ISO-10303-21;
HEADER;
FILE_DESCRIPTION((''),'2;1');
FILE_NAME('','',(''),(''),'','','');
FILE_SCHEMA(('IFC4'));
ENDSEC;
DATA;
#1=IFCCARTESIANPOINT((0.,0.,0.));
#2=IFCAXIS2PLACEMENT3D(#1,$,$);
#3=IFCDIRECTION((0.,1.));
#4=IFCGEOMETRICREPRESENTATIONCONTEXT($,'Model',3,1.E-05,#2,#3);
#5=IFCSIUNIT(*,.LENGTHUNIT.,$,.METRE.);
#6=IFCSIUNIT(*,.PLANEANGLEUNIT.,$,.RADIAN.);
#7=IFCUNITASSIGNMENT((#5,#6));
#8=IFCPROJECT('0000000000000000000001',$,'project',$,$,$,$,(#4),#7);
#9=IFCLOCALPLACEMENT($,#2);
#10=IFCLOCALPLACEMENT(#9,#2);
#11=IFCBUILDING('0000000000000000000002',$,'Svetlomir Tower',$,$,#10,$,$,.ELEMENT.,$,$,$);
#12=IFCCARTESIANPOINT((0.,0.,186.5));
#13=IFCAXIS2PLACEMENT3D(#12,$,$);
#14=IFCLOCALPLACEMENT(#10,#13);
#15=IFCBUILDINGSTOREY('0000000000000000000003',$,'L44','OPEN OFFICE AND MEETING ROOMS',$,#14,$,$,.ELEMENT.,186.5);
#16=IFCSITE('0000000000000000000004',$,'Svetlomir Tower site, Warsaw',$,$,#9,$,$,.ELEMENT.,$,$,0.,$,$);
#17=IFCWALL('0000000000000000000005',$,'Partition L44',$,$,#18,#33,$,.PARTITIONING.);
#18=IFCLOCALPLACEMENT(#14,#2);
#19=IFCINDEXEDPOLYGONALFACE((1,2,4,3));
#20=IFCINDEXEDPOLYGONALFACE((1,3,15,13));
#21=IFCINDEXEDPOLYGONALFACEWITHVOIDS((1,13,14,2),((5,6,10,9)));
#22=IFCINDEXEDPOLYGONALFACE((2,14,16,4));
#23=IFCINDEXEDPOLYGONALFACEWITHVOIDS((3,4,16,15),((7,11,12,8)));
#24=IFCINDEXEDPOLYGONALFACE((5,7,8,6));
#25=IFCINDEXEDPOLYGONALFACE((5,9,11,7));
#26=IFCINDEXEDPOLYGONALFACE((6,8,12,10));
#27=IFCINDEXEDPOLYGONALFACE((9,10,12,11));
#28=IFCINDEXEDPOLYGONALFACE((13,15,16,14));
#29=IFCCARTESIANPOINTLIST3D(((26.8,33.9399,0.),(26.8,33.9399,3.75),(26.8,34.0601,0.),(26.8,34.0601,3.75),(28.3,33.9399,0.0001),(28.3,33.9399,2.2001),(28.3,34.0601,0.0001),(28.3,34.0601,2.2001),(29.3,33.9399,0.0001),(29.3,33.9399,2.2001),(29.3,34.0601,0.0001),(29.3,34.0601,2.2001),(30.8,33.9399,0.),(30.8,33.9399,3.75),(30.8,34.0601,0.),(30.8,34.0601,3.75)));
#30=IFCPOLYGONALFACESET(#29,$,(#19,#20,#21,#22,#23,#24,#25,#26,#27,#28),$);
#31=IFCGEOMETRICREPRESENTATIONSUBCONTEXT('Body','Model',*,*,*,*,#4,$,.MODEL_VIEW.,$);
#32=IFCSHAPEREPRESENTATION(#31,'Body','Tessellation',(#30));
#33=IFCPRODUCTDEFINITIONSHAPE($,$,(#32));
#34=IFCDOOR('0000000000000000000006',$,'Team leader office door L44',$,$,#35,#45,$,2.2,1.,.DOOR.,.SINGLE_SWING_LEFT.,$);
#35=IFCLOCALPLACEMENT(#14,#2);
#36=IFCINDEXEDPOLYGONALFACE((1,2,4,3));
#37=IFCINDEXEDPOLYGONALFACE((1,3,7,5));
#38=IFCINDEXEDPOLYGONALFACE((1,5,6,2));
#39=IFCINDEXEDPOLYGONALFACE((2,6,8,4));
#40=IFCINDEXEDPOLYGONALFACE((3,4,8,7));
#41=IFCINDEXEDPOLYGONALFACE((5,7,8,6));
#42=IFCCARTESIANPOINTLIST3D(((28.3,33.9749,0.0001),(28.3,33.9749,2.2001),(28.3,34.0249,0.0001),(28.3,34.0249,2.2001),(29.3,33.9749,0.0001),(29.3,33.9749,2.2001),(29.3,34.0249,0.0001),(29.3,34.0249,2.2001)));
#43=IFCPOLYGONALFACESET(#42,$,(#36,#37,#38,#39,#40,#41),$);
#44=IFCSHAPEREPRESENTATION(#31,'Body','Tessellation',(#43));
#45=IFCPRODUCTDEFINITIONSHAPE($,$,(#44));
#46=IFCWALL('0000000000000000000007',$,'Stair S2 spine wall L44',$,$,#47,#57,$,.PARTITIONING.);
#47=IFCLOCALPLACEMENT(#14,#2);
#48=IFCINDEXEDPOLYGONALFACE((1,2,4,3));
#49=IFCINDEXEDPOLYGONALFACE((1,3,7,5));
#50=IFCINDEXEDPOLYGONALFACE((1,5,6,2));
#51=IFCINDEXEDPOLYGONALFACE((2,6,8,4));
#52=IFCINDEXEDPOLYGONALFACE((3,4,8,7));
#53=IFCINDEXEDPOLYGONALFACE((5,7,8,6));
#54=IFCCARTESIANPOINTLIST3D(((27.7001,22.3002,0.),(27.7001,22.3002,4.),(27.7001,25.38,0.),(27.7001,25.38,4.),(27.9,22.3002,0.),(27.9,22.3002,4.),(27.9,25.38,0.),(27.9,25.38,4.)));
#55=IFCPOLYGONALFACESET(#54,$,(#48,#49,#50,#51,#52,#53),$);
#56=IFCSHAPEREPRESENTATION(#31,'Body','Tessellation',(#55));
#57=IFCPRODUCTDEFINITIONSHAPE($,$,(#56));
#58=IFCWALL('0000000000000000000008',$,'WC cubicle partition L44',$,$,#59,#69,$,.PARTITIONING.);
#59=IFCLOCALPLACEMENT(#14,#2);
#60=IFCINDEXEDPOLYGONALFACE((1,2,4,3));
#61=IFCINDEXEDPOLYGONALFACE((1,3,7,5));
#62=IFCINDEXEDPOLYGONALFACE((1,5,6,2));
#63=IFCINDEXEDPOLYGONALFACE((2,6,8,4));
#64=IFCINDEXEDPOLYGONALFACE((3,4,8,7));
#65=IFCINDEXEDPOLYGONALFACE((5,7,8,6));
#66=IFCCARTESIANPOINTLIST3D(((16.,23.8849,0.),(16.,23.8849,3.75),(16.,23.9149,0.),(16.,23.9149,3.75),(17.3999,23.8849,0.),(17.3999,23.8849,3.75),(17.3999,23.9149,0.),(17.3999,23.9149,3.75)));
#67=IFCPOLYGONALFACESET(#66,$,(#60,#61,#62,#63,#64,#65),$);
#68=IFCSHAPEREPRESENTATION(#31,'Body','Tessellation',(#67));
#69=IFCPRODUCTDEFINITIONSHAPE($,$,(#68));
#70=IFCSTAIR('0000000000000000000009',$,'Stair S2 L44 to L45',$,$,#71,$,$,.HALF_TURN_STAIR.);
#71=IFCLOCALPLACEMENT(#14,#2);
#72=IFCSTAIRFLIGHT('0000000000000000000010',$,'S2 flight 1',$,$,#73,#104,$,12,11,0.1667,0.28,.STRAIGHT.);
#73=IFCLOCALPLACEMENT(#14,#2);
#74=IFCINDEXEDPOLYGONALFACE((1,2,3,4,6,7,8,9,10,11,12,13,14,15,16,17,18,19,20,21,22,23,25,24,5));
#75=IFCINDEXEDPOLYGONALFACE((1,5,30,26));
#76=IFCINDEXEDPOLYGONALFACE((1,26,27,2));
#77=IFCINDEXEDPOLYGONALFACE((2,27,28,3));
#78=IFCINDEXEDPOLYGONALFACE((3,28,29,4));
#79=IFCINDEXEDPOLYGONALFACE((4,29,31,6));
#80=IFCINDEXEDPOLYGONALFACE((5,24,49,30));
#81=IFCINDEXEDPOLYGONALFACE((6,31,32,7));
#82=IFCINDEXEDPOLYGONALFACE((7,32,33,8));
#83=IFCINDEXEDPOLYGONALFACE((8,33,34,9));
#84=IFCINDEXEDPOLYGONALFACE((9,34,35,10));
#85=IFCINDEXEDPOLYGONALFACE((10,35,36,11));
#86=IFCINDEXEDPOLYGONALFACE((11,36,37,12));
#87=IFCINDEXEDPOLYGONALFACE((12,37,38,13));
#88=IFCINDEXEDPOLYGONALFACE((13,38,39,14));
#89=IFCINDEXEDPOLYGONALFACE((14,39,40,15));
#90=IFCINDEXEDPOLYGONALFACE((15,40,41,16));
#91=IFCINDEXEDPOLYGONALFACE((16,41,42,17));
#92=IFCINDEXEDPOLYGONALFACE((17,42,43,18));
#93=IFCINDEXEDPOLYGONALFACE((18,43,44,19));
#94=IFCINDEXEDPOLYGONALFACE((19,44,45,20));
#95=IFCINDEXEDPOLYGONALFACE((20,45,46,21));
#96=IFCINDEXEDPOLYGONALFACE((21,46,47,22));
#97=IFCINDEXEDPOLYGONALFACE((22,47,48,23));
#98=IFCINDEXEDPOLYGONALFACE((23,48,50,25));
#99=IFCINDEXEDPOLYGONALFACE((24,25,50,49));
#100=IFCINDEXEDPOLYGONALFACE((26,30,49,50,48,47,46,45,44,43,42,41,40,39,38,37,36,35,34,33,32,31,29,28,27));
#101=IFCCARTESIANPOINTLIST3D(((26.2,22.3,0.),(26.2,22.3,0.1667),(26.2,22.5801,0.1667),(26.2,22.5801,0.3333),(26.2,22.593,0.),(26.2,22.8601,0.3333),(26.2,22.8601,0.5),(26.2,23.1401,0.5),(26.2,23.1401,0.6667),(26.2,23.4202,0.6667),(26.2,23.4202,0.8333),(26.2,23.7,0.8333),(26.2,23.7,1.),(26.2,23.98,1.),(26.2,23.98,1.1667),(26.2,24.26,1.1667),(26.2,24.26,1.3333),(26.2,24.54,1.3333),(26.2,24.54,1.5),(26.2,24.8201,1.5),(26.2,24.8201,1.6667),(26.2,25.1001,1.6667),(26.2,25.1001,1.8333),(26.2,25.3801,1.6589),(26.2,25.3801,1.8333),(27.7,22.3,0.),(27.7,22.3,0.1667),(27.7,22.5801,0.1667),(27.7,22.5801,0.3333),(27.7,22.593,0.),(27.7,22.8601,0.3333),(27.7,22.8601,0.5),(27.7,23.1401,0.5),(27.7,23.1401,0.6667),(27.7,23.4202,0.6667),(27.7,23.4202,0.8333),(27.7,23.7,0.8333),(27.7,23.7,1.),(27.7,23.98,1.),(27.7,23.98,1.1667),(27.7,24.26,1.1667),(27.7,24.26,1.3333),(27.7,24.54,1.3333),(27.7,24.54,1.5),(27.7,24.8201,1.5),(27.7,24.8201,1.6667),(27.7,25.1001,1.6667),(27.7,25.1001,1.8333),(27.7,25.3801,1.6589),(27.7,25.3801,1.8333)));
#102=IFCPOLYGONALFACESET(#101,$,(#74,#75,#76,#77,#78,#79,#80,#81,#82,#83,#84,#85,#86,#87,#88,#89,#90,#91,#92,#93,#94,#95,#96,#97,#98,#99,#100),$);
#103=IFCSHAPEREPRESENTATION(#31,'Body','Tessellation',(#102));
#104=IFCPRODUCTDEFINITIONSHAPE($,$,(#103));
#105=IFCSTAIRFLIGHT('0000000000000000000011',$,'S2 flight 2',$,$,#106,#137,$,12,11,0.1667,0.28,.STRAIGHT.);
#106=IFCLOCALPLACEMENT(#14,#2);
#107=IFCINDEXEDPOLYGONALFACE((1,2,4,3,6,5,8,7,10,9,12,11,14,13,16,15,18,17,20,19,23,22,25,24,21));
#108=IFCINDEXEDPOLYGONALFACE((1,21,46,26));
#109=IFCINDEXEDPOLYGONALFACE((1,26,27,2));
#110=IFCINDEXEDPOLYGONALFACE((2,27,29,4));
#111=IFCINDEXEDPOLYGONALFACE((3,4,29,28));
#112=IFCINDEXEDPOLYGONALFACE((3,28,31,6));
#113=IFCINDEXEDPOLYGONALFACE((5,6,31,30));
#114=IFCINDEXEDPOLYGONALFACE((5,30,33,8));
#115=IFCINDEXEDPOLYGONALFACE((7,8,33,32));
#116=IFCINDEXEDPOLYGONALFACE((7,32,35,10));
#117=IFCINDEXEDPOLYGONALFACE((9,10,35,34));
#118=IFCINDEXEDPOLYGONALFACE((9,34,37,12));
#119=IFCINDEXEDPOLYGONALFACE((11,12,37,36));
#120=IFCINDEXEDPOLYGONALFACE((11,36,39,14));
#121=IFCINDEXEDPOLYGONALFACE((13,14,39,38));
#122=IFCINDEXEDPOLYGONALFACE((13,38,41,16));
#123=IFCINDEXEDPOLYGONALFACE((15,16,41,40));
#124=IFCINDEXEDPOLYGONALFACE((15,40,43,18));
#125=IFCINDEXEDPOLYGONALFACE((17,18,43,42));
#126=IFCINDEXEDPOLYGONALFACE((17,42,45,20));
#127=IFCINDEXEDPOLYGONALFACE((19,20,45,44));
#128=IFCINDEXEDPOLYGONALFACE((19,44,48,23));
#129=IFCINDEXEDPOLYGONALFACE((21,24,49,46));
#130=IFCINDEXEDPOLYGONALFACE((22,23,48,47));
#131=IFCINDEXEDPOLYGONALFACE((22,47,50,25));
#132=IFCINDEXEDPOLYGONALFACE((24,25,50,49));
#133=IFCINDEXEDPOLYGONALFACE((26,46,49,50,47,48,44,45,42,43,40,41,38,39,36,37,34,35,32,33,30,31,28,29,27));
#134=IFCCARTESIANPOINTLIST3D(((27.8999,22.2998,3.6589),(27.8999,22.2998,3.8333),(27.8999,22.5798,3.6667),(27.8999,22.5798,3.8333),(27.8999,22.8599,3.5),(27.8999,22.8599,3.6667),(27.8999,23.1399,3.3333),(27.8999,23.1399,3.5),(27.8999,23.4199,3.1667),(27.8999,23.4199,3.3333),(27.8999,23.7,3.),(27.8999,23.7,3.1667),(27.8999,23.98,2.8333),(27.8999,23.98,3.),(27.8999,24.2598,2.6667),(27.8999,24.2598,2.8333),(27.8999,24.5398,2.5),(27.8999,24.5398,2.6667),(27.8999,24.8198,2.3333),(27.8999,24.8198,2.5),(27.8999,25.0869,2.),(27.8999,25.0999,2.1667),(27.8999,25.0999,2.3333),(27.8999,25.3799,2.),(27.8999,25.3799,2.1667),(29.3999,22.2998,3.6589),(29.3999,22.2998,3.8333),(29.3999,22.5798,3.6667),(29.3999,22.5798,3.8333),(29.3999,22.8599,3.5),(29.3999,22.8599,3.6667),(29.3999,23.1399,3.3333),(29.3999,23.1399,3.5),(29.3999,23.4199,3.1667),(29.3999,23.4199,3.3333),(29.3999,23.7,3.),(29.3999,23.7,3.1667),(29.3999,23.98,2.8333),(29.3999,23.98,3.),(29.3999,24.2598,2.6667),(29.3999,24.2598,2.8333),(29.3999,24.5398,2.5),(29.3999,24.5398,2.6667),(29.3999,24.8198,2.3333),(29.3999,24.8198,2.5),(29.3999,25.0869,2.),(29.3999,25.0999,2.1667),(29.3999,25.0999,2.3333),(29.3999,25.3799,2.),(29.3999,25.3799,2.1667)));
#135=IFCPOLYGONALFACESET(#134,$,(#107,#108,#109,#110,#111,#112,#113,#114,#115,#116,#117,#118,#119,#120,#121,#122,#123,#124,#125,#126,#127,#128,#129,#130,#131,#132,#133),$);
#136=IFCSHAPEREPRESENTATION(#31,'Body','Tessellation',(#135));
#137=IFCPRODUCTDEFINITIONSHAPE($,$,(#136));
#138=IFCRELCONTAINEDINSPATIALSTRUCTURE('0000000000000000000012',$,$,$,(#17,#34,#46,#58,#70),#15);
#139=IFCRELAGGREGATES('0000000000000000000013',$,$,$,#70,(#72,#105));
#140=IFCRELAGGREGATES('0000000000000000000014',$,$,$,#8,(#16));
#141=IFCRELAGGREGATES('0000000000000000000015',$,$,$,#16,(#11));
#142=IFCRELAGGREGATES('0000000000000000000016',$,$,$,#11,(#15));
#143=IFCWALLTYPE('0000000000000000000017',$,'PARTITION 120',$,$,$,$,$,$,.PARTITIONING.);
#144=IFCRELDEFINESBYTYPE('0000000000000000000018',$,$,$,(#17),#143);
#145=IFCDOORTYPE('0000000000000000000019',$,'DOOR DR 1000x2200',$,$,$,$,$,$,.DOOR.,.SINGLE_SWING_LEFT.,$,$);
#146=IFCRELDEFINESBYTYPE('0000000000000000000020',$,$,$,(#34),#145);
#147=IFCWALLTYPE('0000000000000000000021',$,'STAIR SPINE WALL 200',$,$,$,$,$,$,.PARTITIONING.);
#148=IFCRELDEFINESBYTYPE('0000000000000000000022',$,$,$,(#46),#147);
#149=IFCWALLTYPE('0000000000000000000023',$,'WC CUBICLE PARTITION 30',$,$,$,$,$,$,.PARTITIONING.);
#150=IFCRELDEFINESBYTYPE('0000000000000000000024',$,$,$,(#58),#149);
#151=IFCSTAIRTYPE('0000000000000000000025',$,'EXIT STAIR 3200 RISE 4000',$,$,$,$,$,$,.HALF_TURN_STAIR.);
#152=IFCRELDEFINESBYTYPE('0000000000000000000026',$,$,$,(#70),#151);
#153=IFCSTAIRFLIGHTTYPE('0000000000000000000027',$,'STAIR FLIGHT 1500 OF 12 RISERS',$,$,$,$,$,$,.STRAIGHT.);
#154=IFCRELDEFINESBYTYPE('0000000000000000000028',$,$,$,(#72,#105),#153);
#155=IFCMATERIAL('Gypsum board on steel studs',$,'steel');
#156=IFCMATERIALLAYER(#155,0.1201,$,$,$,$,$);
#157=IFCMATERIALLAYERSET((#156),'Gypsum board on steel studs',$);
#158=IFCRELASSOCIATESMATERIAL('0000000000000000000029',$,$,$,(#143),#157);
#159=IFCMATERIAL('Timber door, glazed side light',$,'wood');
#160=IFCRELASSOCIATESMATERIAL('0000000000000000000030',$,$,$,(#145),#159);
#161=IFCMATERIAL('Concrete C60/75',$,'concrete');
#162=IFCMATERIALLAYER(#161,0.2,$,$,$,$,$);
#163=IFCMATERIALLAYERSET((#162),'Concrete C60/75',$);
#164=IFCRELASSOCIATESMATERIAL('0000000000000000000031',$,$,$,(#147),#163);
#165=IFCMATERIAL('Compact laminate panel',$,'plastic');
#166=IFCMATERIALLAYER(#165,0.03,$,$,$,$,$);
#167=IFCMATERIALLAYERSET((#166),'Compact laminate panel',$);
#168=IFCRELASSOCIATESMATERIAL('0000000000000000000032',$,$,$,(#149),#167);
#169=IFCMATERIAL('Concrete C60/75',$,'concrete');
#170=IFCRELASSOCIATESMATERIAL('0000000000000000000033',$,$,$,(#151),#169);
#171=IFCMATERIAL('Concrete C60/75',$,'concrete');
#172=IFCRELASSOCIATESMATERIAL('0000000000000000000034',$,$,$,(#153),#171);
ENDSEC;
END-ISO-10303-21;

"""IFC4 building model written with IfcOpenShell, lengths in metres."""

from ifc_helpers import new_model, si_unit, direction, frame, frame_2d, origin, place, context, subcontext, project, spatial, polyline, rectangle, outline, extrude, material, layer, layer_set, type_object, element, fill, aggregate, save


model = new_model("IFC4")

# Units and contexts
model_context = context("Model", 3, precision=1e-05, world=origin(), true_north=direction((0.0, 1.0)))
body_context = subcontext(model_context, "Body", "Model", "MODEL_VIEW")
ifc_project = project(units=[si_unit("LENGTHUNIT", "METRE"), si_unit("PLANEANGLEUNIT", "RADIAN")], contexts=[model_context])

# Site, building, storey
site_placement = place(None, origin())
site = spatial("IfcSite", under=ifc_project, at=site_placement, Name="Svetlomir Tower site, Warsaw", CompositionType="ELEMENT", RefElevation=0.0)
building_placement = place(site_placement, origin())
building = spatial("IfcBuilding", under=site, at=building_placement, Name="Svetlomir Tower", CompositionType="ELEMENT")
storey_placement = place(building_placement, frame((0.0, 0.0, 186.5)))
storey = spatial("IfcBuildingStorey", under=building, at=storey_placement, Name="L44", Description="OPEN OFFICE AND MEETING ROOMS", CompositionType="ELEMENT", Elevation=186.5)

# Shared definitions
ifc_material_1 = material(Name="Gypsum board on steel studs", Category="steel")
ifc_layer_1 = layer(ifc_material_1, 0.1201)
ifc_layer_set_1 = layer_set([ifc_layer_1], Name="Gypsum board on steel studs")
wall_type_1 = type_object("IfcWallType", Name="PARTITION 120", PredefinedType="PARTITIONING", material=ifc_layer_set_1)

# Wall, opening, door
wall_1_placement = place(storey_placement, frame((26.8, 34.0, 0.0), z_axis=(0.0, 0.0, 1.0), x_axis=(1.0, 0.0, 0.0)))
wall_1 = element("IfcWall", 1, at=wall_1_placement, inside=storey, type_object=wall_type_1, Name="Partition L44", PredefinedType="PARTITIONING", context=body_context, shape_type="SweptSolid", body=[
    extrude(rectangle(XDim=4.0, YDim=0.1201, at=frame_2d((2.0, 0.0))), origin(), (0.0, 0.0, 1.0), 3.75),
])
opening_1_placement = place(wall_1_placement, frame((1.5, 0.0, 0.0)))
opening_1 = element("IfcOpeningElement", 2, at=opening_1_placement, cuts=wall_1, PredefinedType="OPENING", context=body_context, shape_type="SweptSolid", body=[
    extrude(rectangle(XDim=1.0, YDim=2.2, at=frame_2d((0.5, 1.1001))), frame((0.0, 0.0701, 0.0), z_axis=(0.0, -1.0, 0.0), x_axis=(1.0, 0.0, 0.0)), (0.0, 0.0, 1.0), 0.1401),
])
ifc_material_2 = material(Name="Timber door, glazed side light", Category="wood")
door_type_1 = type_object("IfcDoorType", Name="DOOR DR 1000x2200", OperationType="SINGLE_SWING_LEFT", PredefinedType="DOOR", material=ifc_material_2)
door_1_placement = place(opening_1_placement, origin())
door_1 = element("IfcDoor", 3, at=door_1_placement, inside=storey, type_object=door_type_1, Name="Team leader office door L44", OperationType="SINGLE_SWING_LEFT", OverallHeight=2.2, OverallWidth=1.0, PredefinedType="DOOR", context=body_context, shape_type="SweptSolid", body=[
    extrude(rectangle(XDim=1.0, YDim=2.2, at=frame_2d((0.5, 1.1001))), frame((0.0, 0.0249, 0.0), z_axis=(0.0, -1.0, 0.0), x_axis=(1.0, 0.0, 0.0)), (0.0, 0.0, 1.0), 0.05),
])
fill(opening_1, door_1)

# Walls
ifc_material_3 = material(Name="Concrete C60/75", Category="concrete")
ifc_layer_2 = layer(ifc_material_3, 0.2)
ifc_layer_set_2 = layer_set([ifc_layer_2], Name="Concrete C60/75")
wall_type_2 = type_object("IfcWallType", Name="STAIR SPINE WALL 200", PredefinedType="PARTITIONING", material=ifc_layer_set_2)
wall_2_placement = place(storey_placement, frame((27.8, 22.3, 0.0), z_axis=(0.0, 0.0, 1.0), x_axis=(0.0, 1.0, 0.0)))
element("IfcWall", 4, at=wall_2_placement, inside=storey, type_object=wall_type_2, Name="Stair S2 spine wall L44", PredefinedType="PARTITIONING", context=body_context, shape_type="SweptSolid", body=[
    extrude(rectangle(XDim=3.0798, YDim=0.2, at=frame_2d((1.54, 0.0))), origin(), (0.0, 0.0, 1.0), 4.0),
])
ifc_material_4 = material(Name="Compact laminate panel", Category="plastic")
ifc_layer_3 = layer(ifc_material_4, 0.03)
ifc_layer_set_3 = layer_set([ifc_layer_3], Name="Compact laminate panel")
wall_type_3 = type_object("IfcWallType", Name="WC CUBICLE PARTITION 30", PredefinedType="PARTITIONING", material=ifc_layer_set_3)
wall_3_placement = place(storey_placement, frame((16.0, 23.8999, 0.0), z_axis=(0.0, 0.0, 1.0), x_axis=(1.0, 0.0, 0.0)))
element("IfcWall", 5, at=wall_3_placement, inside=storey, type_object=wall_type_3, Name="WC cubicle partition L44", PredefinedType="PARTITIONING", context=body_context, shape_type="SweptSolid", body=[
    extrude(rectangle(XDim=1.3999, YDim=0.03, at=frame_2d((0.7, 0.0))), origin(), (0.0, 0.0, 1.0), 3.75),
])

# Stair, stair flights
ifc_material_5 = material(Name="Concrete C60/75", Category="concrete")
stair_type = type_object("IfcStairType", Name="EXIT STAIR 3200 RISE 4000", PredefinedType="HALF_TURN_STAIR", material=ifc_material_5)
stair_placement = place(storey_placement, origin())
stair = element("IfcStair", 6, at=stair_placement, inside=storey, type_object=stair_type, Name="Stair S2 L44 to L45", PredefinedType="HALF_TURN_STAIR")
ifc_material_6 = material(Name="Concrete C60/75", Category="concrete")
stair_flight_type = type_object("IfcStairFlightType", Name="STAIR FLIGHT 1500 OF 12 RISERS", PredefinedType="STRAIGHT", material=ifc_material_6)
stair_flight_1_placement = place(storey_placement, frame((26.95, 22.3, 0.0), z_axis=(0.0, 0.0, 1.0), x_axis=(0.0, 1.0, 0.0)))
stair_flight_1 = element("IfcStairFlight", 7, at=stair_flight_1_placement, type_object=stair_flight_type, Name="S2 flight 1", NumberOfRisers=12, NumberOfTreads=11, PredefinedType="STRAIGHT", RiserHeight=0.1667, TreadLength=0.28, context=body_context, shape_type="SweptSolid", body=[
    extrude(outline(polyline([(0.0, 0.0), (0.0, 0.1667), (0.28, 0.1667), (0.28, 0.3333), (0.5601, 0.3333), (0.5601, 0.5), (0.8401, 0.5), (0.8401, 0.6667), (1.1201, 0.6667), (1.1201, 0.8333), (1.3999, 0.8333), (1.3999, 1.0), (1.6799, 1.0), (1.6799, 1.1667), (1.96, 1.1667), (1.96, 1.3333), (2.24, 1.3333), (2.24, 1.5), (2.52, 1.5), (2.52, 1.6667), (2.8, 1.6667), (2.8, 1.8333), (3.0801, 1.8333), (3.0801, 2.0), (3.0801, 1.6589), (0.293, 0.0), (0.0, 0.0)])), frame((0.0, 0.75, 0.0), z_axis=(0.0, -1.0, 0.0), x_axis=(1.0, 0.0, 0.0)), (0.0, 0.0, 1.0), 1.5),
])
stair_flight_2_placement = place(storey_placement, frame((28.6499, 25.3799, 2.0), z_axis=(0.0, 0.0, 1.0), x_axis=(0.0, -1.0, 0.0)))
stair_flight_2 = element("IfcStairFlight", 8, at=stair_flight_2_placement, type_object=stair_flight_type, Name="S2 flight 2", NumberOfRisers=12, NumberOfTreads=11, PredefinedType="STRAIGHT", RiserHeight=0.1667, TreadLength=0.28, context=body_context, shape_type="SweptSolid", body=[
    extrude(outline(polyline([(0.0, 0.0), (0.0, 0.1667), (0.28, 0.1667), (0.28, 0.3333), (0.5601, 0.3333), (0.5601, 0.5), (0.8401, 0.5), (0.8401, 0.6667), (1.1201, 0.6667), (1.1201, 0.8333), (1.3999, 0.8333), (1.3999, 1.0), (1.6799, 1.0), (1.6799, 1.1667), (1.96, 1.1667), (1.96, 1.3333), (2.24, 1.3333), (2.24, 1.5), (2.52, 1.5), (2.52, 1.6667), (2.8, 1.6667), (2.8, 1.8333), (3.0801, 1.8333), (3.0801, 2.0), (3.0801, 1.6589), (0.293, 0.0), (0.0, 0.0)])), frame((0.0, 0.75, 0.0), z_axis=(0.0, -1.0, 0.0), x_axis=(1.0, 0.0, 0.0)), (0.0, 0.0, 1.0), 1.5),
])
aggregate(stair, [stair_flight_1, stair_flight_2])

save(model, "model.ifc")
